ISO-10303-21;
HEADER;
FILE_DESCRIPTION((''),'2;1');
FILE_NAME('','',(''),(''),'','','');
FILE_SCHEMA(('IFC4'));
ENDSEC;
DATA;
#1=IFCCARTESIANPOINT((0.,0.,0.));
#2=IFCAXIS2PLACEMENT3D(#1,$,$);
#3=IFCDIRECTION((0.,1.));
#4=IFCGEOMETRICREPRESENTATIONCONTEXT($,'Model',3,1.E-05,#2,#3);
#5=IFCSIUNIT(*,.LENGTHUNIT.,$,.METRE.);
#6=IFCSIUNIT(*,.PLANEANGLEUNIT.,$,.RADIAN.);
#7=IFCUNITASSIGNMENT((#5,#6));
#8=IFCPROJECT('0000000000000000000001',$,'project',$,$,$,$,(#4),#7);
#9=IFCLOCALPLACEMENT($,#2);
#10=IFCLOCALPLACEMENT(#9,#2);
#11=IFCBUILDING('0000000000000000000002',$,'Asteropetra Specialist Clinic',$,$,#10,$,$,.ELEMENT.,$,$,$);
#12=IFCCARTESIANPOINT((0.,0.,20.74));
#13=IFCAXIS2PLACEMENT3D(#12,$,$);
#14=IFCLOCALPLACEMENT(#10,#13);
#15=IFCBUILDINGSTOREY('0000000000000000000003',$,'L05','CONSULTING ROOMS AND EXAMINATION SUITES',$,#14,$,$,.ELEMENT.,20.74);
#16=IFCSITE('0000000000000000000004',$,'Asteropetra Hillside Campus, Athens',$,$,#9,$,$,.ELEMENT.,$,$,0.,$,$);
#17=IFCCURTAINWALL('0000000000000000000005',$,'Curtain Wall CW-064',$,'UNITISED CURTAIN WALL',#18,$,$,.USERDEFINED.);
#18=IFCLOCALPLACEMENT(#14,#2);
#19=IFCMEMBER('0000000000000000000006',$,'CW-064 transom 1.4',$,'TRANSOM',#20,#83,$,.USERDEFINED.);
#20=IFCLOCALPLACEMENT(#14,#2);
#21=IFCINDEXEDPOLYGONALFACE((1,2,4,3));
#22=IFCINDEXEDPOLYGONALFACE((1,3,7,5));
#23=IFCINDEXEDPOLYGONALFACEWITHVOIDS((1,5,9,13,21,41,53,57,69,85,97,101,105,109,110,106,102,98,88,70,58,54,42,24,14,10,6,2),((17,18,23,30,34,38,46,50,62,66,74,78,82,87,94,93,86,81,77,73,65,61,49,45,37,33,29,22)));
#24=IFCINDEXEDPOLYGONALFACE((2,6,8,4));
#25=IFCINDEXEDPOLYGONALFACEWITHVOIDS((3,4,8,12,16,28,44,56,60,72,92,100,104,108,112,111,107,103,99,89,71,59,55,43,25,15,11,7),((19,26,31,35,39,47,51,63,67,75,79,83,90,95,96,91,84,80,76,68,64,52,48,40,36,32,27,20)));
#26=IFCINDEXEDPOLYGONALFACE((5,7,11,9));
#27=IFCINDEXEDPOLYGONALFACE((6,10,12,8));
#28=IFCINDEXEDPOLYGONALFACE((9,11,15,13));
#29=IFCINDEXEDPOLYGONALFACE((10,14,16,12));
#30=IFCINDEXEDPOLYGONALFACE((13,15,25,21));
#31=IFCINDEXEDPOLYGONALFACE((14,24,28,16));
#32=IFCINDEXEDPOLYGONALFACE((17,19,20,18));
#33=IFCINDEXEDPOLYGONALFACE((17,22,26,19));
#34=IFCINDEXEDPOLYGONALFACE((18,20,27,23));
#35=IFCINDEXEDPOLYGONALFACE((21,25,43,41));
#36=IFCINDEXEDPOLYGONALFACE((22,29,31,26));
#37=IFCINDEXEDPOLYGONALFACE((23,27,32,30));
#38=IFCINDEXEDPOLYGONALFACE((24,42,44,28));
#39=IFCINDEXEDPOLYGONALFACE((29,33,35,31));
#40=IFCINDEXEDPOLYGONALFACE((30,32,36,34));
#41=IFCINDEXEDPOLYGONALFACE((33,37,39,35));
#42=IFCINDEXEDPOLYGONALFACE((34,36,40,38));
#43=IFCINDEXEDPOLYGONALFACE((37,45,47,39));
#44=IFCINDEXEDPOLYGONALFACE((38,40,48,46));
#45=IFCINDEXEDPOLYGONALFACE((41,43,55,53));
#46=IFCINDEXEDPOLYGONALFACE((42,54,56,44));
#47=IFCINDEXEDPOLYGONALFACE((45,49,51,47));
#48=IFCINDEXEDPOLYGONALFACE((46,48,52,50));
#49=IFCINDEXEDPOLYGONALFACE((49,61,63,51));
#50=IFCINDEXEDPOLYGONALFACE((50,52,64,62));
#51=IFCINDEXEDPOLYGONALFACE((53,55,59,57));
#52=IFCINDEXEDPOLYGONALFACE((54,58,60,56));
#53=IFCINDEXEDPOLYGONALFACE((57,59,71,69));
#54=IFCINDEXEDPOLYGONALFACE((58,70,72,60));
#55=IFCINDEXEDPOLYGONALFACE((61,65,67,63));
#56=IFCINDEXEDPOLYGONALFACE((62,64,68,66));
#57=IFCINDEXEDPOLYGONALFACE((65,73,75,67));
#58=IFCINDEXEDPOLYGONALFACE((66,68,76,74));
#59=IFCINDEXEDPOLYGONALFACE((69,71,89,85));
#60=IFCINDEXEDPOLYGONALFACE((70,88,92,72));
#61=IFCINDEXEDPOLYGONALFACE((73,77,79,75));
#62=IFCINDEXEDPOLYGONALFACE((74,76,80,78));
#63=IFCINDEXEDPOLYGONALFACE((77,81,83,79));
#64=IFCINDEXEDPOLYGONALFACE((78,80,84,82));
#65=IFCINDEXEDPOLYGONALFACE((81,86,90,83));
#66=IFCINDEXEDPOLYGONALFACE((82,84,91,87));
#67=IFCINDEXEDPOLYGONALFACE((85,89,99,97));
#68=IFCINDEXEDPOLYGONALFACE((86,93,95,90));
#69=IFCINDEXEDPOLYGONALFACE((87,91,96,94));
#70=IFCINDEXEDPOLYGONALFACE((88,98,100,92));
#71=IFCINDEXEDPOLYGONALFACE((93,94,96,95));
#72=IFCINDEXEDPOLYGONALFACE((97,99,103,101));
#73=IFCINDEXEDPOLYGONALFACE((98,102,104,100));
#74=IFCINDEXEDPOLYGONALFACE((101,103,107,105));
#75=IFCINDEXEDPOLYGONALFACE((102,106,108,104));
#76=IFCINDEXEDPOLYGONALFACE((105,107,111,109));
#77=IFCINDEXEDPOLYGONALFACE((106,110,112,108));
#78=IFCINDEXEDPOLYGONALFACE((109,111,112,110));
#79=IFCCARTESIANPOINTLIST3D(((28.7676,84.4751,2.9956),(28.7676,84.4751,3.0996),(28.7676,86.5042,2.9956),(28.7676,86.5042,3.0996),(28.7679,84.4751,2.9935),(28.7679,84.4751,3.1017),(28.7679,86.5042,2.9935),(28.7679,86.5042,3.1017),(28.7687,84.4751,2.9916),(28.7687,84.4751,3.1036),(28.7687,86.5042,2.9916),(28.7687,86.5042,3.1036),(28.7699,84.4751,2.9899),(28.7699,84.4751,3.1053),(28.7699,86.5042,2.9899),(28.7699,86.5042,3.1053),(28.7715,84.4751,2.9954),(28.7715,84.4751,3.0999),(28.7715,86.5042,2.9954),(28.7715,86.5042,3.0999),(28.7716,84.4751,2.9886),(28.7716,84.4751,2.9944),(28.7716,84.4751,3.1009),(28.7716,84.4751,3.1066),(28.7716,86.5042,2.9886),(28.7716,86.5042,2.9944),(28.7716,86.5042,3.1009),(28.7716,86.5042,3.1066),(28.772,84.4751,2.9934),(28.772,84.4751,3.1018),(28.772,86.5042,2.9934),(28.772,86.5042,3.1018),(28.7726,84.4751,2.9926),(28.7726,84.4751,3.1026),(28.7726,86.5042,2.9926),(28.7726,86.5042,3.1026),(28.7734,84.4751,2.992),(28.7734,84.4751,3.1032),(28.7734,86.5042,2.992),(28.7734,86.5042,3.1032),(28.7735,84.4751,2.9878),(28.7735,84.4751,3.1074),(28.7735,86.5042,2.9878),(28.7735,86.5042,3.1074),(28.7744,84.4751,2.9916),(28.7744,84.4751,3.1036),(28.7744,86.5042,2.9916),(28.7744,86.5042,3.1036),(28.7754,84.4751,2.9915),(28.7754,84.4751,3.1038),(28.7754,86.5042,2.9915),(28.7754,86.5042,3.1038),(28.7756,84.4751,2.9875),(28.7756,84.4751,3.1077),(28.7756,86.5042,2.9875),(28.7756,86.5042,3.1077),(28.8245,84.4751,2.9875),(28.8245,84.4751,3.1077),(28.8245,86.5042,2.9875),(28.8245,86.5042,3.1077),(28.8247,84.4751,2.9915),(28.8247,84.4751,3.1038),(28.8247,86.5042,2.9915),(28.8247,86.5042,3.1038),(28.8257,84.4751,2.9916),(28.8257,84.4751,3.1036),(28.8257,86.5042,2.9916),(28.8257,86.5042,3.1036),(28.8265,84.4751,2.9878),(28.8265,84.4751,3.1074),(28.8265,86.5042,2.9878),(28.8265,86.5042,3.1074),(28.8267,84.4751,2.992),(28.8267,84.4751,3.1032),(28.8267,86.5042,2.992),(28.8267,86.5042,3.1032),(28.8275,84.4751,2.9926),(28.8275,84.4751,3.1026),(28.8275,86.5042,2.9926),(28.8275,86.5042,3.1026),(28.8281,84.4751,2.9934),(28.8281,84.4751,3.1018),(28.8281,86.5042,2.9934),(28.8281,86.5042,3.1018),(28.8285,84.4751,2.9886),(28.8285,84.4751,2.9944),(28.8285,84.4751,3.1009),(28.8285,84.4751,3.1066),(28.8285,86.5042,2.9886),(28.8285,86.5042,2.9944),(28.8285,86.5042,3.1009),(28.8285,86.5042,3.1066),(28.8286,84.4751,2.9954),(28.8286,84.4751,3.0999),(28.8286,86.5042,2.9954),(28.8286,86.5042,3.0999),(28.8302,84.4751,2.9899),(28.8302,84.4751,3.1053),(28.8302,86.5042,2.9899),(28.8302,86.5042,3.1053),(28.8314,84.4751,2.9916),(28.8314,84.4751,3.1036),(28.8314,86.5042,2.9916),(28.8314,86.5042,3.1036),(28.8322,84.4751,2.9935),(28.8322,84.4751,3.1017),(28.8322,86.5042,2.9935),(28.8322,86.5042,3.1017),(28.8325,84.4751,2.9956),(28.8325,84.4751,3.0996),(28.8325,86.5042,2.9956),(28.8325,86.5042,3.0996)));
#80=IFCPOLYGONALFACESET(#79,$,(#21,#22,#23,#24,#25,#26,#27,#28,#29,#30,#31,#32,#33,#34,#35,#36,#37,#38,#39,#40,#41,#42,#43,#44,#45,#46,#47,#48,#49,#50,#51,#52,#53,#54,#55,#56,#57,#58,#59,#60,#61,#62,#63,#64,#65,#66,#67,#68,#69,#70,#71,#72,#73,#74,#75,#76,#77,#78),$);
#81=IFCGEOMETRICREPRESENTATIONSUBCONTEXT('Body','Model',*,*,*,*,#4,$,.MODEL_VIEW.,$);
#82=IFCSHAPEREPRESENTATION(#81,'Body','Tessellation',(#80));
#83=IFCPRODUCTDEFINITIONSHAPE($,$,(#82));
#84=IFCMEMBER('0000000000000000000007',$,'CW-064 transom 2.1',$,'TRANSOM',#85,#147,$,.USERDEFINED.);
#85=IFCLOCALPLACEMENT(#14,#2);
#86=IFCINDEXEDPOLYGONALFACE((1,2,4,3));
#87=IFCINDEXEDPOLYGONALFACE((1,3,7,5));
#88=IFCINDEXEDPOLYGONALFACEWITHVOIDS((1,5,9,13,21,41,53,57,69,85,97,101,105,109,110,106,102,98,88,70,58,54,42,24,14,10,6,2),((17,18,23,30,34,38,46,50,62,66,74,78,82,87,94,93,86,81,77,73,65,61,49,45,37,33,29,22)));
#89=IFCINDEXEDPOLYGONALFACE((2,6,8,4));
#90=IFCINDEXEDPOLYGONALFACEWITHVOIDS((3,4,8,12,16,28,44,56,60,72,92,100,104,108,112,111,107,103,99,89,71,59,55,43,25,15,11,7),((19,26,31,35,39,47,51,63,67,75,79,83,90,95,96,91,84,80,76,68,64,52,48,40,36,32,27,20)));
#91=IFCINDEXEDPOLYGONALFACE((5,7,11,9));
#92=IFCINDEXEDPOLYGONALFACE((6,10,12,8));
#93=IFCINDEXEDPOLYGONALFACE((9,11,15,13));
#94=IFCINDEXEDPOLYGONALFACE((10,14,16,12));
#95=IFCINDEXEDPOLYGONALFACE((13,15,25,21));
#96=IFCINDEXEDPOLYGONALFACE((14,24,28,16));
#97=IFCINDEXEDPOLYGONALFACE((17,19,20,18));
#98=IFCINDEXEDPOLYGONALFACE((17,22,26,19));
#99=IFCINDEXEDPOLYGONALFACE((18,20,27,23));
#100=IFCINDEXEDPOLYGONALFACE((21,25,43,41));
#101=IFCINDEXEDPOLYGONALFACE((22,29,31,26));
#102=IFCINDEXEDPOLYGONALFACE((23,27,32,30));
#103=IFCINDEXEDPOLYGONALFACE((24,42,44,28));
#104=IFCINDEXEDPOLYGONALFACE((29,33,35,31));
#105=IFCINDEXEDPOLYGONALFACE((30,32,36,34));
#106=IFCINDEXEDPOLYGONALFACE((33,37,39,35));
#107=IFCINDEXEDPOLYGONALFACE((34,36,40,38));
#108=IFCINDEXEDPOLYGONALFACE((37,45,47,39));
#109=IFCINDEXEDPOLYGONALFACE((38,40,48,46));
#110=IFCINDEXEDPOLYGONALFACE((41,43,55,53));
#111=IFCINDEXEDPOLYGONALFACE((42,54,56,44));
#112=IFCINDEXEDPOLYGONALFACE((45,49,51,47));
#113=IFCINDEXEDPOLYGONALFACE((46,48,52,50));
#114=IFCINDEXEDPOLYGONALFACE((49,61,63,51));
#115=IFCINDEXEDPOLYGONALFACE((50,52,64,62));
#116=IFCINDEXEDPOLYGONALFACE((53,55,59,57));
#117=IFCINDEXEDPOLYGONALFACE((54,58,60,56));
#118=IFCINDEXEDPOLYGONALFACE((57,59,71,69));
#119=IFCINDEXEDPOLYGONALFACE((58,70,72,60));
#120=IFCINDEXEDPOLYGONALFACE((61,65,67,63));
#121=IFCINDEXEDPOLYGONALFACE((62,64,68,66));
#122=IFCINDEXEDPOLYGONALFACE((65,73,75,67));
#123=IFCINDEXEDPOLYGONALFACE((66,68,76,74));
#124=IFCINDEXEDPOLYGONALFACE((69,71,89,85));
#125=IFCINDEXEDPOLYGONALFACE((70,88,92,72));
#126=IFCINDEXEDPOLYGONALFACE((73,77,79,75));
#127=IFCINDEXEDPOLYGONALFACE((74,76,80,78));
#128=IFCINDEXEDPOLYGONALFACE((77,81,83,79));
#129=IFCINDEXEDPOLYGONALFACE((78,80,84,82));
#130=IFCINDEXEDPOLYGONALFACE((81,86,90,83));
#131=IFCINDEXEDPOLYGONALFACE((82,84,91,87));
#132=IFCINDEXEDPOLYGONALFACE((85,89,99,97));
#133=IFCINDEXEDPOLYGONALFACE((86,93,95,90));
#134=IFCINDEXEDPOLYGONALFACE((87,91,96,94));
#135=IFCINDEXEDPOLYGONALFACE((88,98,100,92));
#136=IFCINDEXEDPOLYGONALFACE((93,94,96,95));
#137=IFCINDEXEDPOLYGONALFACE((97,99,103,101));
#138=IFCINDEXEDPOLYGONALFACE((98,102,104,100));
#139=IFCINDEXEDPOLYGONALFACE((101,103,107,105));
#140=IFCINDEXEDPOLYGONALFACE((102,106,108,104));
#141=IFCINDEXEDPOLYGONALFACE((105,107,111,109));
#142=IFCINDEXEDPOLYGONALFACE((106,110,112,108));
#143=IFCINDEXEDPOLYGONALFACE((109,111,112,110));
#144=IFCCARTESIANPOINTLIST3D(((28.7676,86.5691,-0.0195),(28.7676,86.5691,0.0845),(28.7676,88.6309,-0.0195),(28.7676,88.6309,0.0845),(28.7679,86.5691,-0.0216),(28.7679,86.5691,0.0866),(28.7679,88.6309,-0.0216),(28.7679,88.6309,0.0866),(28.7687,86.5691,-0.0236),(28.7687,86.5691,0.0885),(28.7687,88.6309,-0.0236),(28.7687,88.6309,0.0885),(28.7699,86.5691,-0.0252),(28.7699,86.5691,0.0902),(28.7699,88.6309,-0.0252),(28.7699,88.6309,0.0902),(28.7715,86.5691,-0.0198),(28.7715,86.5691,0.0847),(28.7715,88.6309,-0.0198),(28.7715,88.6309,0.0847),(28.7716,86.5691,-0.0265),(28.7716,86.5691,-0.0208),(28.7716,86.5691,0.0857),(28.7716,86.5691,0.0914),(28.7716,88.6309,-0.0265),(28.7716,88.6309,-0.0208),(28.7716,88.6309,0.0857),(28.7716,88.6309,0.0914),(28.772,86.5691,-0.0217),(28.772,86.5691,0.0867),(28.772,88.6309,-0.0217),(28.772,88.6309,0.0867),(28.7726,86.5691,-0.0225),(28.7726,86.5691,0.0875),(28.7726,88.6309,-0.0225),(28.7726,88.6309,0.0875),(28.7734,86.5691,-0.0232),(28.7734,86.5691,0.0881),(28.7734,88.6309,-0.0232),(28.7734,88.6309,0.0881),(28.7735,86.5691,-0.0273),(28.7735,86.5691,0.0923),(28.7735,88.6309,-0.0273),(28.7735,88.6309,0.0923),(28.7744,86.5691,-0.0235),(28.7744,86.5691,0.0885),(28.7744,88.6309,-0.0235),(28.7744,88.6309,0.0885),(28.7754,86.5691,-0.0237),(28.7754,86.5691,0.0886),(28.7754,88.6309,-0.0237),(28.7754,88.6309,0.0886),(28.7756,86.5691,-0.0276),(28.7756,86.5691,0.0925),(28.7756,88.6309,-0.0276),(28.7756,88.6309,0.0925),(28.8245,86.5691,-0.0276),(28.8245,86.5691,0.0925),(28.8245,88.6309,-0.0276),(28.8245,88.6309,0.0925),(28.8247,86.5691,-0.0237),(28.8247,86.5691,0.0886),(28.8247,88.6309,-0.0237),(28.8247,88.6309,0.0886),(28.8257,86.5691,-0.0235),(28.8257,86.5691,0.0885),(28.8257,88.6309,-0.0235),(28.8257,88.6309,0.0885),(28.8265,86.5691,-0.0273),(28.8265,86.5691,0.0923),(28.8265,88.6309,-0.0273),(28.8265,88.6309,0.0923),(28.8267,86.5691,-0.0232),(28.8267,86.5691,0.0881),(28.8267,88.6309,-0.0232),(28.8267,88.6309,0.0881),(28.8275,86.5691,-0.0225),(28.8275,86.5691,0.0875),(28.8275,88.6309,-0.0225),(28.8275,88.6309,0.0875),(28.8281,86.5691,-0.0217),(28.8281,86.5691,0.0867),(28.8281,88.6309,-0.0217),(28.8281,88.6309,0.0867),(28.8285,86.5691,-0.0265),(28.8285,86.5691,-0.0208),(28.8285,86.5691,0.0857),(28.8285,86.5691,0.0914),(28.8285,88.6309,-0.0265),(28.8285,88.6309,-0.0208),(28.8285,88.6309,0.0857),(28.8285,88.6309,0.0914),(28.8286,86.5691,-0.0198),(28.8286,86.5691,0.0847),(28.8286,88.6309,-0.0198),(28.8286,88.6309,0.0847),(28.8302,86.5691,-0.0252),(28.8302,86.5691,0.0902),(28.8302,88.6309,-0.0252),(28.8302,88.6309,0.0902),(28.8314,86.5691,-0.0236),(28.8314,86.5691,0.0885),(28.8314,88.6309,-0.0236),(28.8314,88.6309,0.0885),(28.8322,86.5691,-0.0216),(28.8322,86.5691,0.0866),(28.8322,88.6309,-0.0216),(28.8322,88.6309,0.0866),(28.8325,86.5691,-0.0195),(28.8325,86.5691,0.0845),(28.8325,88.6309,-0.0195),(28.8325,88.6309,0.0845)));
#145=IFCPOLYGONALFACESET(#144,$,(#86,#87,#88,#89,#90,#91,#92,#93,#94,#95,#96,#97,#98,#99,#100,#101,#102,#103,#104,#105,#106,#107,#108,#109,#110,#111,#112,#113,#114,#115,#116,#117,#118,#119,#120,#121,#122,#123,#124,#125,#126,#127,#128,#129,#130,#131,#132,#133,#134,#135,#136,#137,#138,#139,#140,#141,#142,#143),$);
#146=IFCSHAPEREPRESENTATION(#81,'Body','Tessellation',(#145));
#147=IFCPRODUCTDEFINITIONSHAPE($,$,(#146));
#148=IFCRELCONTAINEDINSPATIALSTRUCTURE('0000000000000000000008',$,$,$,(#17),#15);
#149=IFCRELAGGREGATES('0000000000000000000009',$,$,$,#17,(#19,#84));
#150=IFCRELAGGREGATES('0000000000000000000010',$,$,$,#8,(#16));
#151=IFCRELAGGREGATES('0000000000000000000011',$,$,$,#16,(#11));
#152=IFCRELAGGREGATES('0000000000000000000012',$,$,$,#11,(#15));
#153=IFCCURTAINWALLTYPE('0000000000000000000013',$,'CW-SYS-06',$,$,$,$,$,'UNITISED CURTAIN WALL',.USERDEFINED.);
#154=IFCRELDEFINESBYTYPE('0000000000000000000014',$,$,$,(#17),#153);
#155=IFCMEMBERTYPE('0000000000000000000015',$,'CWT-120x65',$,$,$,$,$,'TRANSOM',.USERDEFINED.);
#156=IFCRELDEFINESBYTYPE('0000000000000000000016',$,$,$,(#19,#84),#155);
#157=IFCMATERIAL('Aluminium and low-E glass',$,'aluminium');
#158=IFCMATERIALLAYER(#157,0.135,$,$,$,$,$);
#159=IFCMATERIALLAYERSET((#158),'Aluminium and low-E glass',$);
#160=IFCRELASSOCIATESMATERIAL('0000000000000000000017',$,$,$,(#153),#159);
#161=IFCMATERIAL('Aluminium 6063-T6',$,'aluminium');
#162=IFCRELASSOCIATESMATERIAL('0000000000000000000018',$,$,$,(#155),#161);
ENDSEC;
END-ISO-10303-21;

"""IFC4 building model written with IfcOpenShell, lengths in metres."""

from ifc_helpers import new_model, si_unit, direction, frame, origin, origin_2d, place, context, subcontext, project, spatial, hollow_rectangle, extrude, material, layer, layer_set, material_profile, profile_set, type_object, element, aggregate, save


model = new_model("IFC4")

# Units and contexts
model_context = context("Model", 3, precision=1e-05, world=origin(), true_north=direction((0.0, 1.0)))
body_context = subcontext(model_context, "Body", "Model", "MODEL_VIEW")
ifc_project = project(units=[si_unit("LENGTHUNIT", "METRE"), si_unit("PLANEANGLEUNIT", "RADIAN")], contexts=[model_context])

# Site, building, storey
site_placement = place(None, origin())
site = spatial("IfcSite", under=ifc_project, at=site_placement, Name="Asteropetra Hillside Campus, Athens", CompositionType="ELEMENT", RefElevation=0.0)
building_placement = place(site_placement, origin())
building = spatial("IfcBuilding", under=site, at=building_placement, Name="Asteropetra Specialist Clinic", CompositionType="ELEMENT")
storey_placement = place(building_placement, frame((0.0, 0.0, 20.74)))
storey = spatial("IfcBuildingStorey", under=building, at=storey_placement, Name="L05", Description="CONSULTING ROOMS AND EXAMINATION SUITES", CompositionType="ELEMENT", Elevation=20.74)

# Curtain wall, members
ifc_material_1 = material(Name="Aluminium and low-E glass", Category="aluminium")
ifc_layer_1 = layer(ifc_material_1, 0.135)
ifc_layer_set_1 = layer_set([ifc_layer_1], Name="Aluminium and low-E glass")
curtain_wall_type = type_object("IfcCurtainWallType", Name="CW-SYS-06", ElementType="UNITISED CURTAIN WALL", PredefinedType="USERDEFINED", material=ifc_layer_set_1)
curtain_wall_placement = place(storey_placement, origin())
curtain_wall = element("IfcCurtainWall", 1, at=curtain_wall_placement, inside=storey, type_object=curtain_wall_type, Name="Curtain Wall CW-064", ObjectType="UNITISED CURTAIN WALL", PredefinedType="USERDEFINED")
ifc_material_2 = material(Name="Aluminium 6063-T6", Category="aluminium")
ifc_material_profile_1 = material_profile(ifc_material_2, hollow_rectangle(XDim=0.0649, YDim=0.1201, WallThickness=0.0039, InnerFilletRadius=0.0039, OuterFilletRadius=0.0081, at=origin_2d()), Name="TRN 120x65x4.0")
ifc_profile_set_1 = profile_set([ifc_material_profile_1], Name="Aluminium 6063-T6")
member_type_1 = type_object("IfcMemberType", Name="CWT-120x65", ElementType="TRANSOM", PredefinedType="USERDEFINED", material=ifc_profile_set_1)
member_1_placement = place(storey_placement, frame((28.8, 84.4751, 3.0476), z_axis=(0.0, 1.0, 0.0), x_axis=(-1.0, 0.0, 0.0)))
member_1 = element("IfcMember", 2, at=member_1_placement, type_object=member_type_1, Name="CW-064 transom 1.4", ObjectType="TRANSOM", PredefinedType="USERDEFINED", context=body_context, shape_type="SweptSolid", body=[
    extrude(hollow_rectangle(XDim=0.0649, YDim=0.1201, WallThickness=0.0039, InnerFilletRadius=0.0039, OuterFilletRadius=0.0081, at=origin_2d()), origin(), (0.0, 0.0, 1.0), 2.0291),
])
member_2_placement = place(storey_placement, frame((28.8, 86.5691, 0.0325), z_axis=(0.0, 1.0, 0.0), x_axis=(-1.0, 0.0, 0.0)))
member_2 = element("IfcMember", 3, at=member_2_placement, type_object=member_type_1, Name="CW-064 transom 2.1", ObjectType="TRANSOM", PredefinedType="USERDEFINED", context=body_context, shape_type="SweptSolid", body=[
    extrude(hollow_rectangle(XDim=0.0649, YDim=0.1201, WallThickness=0.0039, InnerFilletRadius=0.0039, OuterFilletRadius=0.0081, at=origin_2d()), origin(), (0.0, 0.0, 1.0), 2.0618),
])
aggregate(curtain_wall, [member_1, member_2])

save(model, "model.ifc")
